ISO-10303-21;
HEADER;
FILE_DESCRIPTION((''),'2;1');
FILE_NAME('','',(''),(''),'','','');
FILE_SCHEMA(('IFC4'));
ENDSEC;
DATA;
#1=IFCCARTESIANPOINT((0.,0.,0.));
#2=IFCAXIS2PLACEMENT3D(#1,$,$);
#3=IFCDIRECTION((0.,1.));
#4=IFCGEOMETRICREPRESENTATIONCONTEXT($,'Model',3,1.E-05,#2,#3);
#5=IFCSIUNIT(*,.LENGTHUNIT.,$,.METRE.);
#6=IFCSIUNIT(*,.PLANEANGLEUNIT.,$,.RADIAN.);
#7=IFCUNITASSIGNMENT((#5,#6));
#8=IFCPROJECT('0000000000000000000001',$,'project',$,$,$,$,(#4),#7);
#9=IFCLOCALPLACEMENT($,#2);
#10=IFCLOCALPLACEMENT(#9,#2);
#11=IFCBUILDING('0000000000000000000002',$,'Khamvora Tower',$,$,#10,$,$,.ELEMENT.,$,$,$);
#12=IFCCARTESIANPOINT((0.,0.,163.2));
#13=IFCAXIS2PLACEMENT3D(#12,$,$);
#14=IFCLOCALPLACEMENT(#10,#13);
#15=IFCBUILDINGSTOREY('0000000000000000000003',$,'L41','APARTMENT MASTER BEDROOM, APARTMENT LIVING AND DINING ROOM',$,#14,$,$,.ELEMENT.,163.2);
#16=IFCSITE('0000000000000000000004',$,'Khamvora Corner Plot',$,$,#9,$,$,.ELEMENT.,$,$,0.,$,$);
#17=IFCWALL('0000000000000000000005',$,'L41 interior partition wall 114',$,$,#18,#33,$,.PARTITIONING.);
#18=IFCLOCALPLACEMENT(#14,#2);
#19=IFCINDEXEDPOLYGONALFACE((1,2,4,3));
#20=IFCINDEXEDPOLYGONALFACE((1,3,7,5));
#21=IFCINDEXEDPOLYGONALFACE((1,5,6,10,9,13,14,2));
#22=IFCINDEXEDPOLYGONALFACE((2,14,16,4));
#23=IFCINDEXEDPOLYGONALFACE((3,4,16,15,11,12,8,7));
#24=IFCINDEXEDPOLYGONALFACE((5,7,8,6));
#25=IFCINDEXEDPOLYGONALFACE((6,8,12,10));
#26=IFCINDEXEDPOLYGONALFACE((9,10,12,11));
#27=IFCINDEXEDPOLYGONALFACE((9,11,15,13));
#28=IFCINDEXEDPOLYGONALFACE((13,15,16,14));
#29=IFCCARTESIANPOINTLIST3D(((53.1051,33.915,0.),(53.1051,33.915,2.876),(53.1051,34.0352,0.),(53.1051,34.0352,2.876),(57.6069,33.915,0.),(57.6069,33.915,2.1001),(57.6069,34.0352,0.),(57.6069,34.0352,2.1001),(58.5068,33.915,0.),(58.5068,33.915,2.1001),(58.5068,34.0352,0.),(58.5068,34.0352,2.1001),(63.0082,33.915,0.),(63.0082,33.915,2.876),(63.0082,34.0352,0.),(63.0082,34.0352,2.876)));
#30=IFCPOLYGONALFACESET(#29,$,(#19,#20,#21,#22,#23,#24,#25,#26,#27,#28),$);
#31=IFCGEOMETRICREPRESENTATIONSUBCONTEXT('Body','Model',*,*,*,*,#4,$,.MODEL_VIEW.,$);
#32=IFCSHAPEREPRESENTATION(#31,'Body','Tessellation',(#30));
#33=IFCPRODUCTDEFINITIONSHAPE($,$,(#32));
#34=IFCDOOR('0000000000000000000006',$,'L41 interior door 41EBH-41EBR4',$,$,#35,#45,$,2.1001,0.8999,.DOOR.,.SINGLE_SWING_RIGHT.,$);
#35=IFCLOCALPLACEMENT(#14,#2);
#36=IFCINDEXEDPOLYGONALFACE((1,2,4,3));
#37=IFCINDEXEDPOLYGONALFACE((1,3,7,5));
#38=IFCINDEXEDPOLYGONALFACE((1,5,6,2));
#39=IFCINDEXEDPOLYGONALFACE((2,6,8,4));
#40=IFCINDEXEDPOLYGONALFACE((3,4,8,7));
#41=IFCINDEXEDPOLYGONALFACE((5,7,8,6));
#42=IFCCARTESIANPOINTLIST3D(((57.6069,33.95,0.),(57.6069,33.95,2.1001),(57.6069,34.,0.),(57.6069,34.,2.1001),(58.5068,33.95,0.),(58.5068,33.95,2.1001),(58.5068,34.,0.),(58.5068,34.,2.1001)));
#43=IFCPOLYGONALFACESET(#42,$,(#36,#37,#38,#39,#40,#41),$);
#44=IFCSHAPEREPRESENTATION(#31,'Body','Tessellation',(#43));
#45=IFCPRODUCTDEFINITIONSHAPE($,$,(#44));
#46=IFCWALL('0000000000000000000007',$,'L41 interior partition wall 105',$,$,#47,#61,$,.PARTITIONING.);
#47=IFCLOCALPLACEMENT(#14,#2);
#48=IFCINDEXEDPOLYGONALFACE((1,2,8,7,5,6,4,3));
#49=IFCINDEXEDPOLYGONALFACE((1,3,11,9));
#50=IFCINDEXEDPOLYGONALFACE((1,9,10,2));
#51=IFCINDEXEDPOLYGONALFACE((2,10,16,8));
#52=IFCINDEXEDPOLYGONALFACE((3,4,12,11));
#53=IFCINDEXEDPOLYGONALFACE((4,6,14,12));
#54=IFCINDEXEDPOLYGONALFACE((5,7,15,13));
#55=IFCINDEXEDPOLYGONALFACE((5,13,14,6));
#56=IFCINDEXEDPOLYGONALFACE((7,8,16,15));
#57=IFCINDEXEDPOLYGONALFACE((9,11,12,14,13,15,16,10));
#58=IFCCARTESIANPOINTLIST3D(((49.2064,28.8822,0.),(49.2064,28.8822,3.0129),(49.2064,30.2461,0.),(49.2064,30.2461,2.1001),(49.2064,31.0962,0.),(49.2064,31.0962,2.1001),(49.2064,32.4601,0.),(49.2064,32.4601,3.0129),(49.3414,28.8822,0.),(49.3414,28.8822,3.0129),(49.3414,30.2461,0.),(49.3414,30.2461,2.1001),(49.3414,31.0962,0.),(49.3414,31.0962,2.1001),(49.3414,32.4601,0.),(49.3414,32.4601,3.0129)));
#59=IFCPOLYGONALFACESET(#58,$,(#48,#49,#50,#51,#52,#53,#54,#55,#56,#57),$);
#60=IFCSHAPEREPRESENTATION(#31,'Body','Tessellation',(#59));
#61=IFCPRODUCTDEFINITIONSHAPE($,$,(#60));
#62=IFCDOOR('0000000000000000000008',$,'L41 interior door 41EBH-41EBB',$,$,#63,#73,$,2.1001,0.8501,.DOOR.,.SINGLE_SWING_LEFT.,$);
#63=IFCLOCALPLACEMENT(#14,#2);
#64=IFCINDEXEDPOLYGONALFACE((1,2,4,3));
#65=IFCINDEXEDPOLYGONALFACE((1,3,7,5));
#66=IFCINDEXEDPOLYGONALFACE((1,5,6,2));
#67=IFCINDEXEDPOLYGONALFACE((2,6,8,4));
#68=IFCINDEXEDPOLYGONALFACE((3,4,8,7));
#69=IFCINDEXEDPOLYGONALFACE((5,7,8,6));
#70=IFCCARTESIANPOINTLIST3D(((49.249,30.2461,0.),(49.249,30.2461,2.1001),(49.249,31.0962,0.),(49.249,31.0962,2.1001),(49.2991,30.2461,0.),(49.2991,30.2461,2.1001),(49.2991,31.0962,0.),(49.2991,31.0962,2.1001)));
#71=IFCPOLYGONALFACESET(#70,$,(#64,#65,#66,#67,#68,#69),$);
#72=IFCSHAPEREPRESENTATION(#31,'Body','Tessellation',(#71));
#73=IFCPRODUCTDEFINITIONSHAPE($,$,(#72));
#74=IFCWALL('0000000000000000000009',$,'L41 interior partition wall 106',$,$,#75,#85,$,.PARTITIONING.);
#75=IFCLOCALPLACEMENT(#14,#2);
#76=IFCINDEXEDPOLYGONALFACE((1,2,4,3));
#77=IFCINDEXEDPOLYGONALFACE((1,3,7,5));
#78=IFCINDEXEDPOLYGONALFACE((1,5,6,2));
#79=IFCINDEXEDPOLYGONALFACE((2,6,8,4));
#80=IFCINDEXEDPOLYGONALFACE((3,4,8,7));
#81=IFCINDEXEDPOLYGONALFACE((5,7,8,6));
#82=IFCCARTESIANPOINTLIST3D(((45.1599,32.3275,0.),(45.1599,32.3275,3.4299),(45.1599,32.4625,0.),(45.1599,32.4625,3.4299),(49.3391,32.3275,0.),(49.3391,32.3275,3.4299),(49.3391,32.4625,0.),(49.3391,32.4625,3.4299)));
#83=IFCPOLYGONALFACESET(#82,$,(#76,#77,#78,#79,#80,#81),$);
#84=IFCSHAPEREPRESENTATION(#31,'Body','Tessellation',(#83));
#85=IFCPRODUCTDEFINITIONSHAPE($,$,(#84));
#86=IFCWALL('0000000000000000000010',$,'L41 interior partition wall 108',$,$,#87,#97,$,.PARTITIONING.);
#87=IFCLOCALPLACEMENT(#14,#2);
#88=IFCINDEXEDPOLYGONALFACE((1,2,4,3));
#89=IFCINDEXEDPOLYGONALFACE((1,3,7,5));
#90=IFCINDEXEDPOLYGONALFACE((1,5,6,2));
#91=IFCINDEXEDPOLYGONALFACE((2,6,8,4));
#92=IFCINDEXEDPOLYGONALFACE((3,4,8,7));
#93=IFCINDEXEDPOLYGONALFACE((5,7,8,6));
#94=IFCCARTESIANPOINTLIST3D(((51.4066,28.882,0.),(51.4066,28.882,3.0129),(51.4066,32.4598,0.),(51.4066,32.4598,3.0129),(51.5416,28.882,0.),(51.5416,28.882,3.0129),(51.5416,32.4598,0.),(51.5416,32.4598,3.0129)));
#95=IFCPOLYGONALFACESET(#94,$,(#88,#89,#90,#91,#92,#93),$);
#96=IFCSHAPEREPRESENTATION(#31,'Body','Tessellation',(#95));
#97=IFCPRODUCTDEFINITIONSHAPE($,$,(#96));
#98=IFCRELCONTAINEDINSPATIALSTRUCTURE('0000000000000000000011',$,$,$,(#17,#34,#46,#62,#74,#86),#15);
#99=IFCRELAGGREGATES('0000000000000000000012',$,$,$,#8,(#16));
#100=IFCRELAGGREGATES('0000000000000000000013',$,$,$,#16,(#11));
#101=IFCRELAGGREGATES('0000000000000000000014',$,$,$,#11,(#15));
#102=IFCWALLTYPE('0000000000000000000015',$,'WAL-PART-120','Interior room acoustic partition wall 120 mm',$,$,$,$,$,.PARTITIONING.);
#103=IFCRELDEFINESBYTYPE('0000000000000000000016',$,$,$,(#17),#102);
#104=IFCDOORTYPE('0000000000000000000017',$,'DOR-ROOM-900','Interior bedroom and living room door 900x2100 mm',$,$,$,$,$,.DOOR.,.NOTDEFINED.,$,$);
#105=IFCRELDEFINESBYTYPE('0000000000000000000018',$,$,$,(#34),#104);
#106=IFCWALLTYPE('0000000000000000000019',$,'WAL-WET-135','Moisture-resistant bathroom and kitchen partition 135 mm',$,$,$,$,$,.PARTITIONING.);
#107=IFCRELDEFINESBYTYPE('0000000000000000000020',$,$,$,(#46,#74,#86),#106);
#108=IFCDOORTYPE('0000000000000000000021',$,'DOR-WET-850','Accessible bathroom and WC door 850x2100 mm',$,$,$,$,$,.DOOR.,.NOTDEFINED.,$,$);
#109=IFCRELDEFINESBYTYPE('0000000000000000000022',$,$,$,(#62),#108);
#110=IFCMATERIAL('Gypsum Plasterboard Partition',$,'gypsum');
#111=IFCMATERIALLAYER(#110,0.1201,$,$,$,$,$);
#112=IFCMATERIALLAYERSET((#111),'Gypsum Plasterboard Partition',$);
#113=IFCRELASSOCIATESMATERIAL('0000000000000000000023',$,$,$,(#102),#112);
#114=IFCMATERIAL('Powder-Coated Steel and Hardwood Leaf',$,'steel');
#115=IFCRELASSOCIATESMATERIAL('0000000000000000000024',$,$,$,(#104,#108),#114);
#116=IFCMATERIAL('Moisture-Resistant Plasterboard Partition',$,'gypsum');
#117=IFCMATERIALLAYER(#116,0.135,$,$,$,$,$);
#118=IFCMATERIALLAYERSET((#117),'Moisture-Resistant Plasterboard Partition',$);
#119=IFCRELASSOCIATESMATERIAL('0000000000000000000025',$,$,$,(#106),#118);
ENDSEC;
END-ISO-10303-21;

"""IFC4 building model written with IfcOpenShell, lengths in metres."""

from ifc_helpers import new_model, si_unit, direction, frame, frame_2d, origin, place, context, subcontext, project, spatial, rectangle, extrude, material, layer, layer_set, type_object, element, fill, save


model = new_model("IFC4")

# Units and contexts
model_context = context("Model", 3, precision=1e-05, world=origin(), true_north=direction((0.0, 1.0)))
body_context = subcontext(model_context, "Body", "Model", "MODEL_VIEW")
ifc_project = project(units=[si_unit("LENGTHUNIT", "METRE"), si_unit("PLANEANGLEUNIT", "RADIAN")], contexts=[model_context])

# Site, building, storey
site_placement = place(None, origin())
site = spatial("IfcSite", under=ifc_project, at=site_placement, Name="Khamvora Corner Plot", CompositionType="ELEMENT", RefElevation=0.0)
building_placement = place(site_placement, origin())
building = spatial("IfcBuilding", under=site, at=building_placement, Name="Khamvora Tower", CompositionType="ELEMENT")
storey_placement = place(building_placement, frame((0.0, 0.0, 163.2)))
storey = spatial("IfcBuildingStorey", under=building, at=storey_placement, Name="L41", Description="APARTMENT MASTER BEDROOM, APARTMENT LIVING AND DINING ROOM", CompositionType="ELEMENT", Elevation=163.2)

# Shared definitions
ifc_material_1 = material(Name="Powder-Coated Steel and Hardwood Leaf", Category="steel")

# Shared definitions
ifc_material_2 = material(Name="Gypsum Plasterboard Partition", Category="gypsum")
ifc_layer_1 = layer(ifc_material_2, 0.1201)
ifc_layer_set_1 = layer_set([ifc_layer_1], Name="Gypsum Plasterboard Partition")
wall_type_1 = type_object("IfcWallType", Name="WAL-PART-120", Description="Interior room acoustic partition wall 120 mm", PredefinedType="PARTITIONING", material=ifc_layer_set_1)

# Shared definitions
door_type_1 = type_object("IfcDoorType", Name="DOR-ROOM-900", Description="Interior bedroom and living room door 900x2100 mm", OperationType="NOTDEFINED", PredefinedType="DOOR", material=ifc_material_1)

# Walls, openings, doors
wall_1_placement = place(storey_placement, frame((53.105, 33.9751, 0.0), z_axis=(0.0, 0.0, 1.0), x_axis=(1.0, 0.0, 0.0)))
wall_1 = element("IfcWall", 1, at=wall_1_placement, inside=storey, type_object=wall_type_1, Name="L41 interior partition wall 114", PredefinedType="PARTITIONING", context=body_context, shape_type="SweptSolid", body=[
    extrude(rectangle(XDim=9.9031, YDim=0.1201, at=frame_2d((4.9517, 0.0))), origin(), (0.0, 0.0, 1.0), 2.876),
])
opening_1_placement = place(wall_1_placement, frame((4.502, 0.0, 0.0)))
opening_1 = element("IfcOpeningElement", 2, at=opening_1_placement, cuts=wall_1, PredefinedType="OPENING", context=body_context, shape_type="SweptSolid", body=[
    extrude(rectangle(XDim=0.8999, YDim=2.1001, at=frame_2d((0.45, 1.05))), frame((0.0, 0.0701, 0.0), z_axis=(0.0, -1.0, 0.0), x_axis=(1.0, 0.0, 0.0)), (0.0, 0.0, 1.0), 0.1401),
])
door_1_placement = place(opening_1_placement, origin())
door_1 = element("IfcDoor", 3, at=door_1_placement, inside=storey, type_object=door_type_1, Name="L41 interior door 41EBH-41EBR4", OperationType="SINGLE_SWING_RIGHT", OverallHeight=2.1001, OverallWidth=0.8999, PredefinedType="DOOR", context=body_context, shape_type="SweptSolid", body=[
    extrude(rectangle(XDim=0.8999, YDim=2.1001, at=frame_2d((0.45, 1.05))), frame((0.0, 0.0249, 0.0), z_axis=(0.0, -1.0, 0.0), x_axis=(1.0, 0.0, 0.0)), (0.0, 0.0, 1.0), 0.05),
])
fill(opening_1, door_1)
ifc_material_3 = material(Name="Moisture-Resistant Plasterboard Partition", Category="gypsum")
ifc_layer_2 = layer(ifc_material_3, 0.135)
ifc_layer_set_2 = layer_set([ifc_layer_2], Name="Moisture-Resistant Plasterboard Partition")
wall_type_2 = type_object("IfcWallType", Name="WAL-WET-135", Description="Moisture-resistant bathroom and kitchen partition 135 mm", PredefinedType="PARTITIONING", material=ifc_layer_set_2)
wall_2_placement = place(storey_placement, frame((49.2739, 28.8821, 0.0), z_axis=(0.0, 0.0, 1.0), x_axis=(0.0, 1.0, 0.0)))
wall_2 = element("IfcWall", 4, at=wall_2_placement, inside=storey, type_object=wall_type_2, Name="L41 interior partition wall 105", PredefinedType="PARTITIONING", context=body_context, shape_type="SweptSolid", body=[
    extrude(rectangle(XDim=3.5779, YDim=0.135, at=frame_2d((1.7891, 0.0))), origin(), (0.0, 0.0, 1.0), 3.0129),
])
opening_2_placement = place(wall_2_placement, frame((1.364, 0.0, 0.0)))
opening_2 = element("IfcOpeningElement", 5, at=opening_2_placement, cuts=wall_2, PredefinedType="OPENING", context=body_context, shape_type="SweptSolid", body=[
    extrude(rectangle(XDim=0.8501, YDim=2.1001, at=frame_2d((0.425, 1.05))), frame((0.0, 0.0774, 0.0), z_axis=(0.0, -1.0, 0.0), x_axis=(1.0, 0.0, 0.0)), (0.0, 0.0, 1.0), 0.155),
])
door_type_2 = type_object("IfcDoorType", Name="DOR-WET-850", Description="Accessible bathroom and WC door 850x2100 mm", OperationType="NOTDEFINED", PredefinedType="DOOR", material=ifc_material_1)
door_2_placement = place(opening_2_placement, origin())
door_2 = element("IfcDoor", 6, at=door_2_placement, inside=storey, type_object=door_type_2, Name="L41 interior door 41EBH-41EBB", OperationType="SINGLE_SWING_LEFT", OverallHeight=2.1001, OverallWidth=0.8501, PredefinedType="DOOR", context=body_context, shape_type="SweptSolid", body=[
    extrude(rectangle(XDim=0.8501, YDim=2.1001, at=frame_2d((0.425, 1.05))), frame((0.0, 0.0249, 0.0), z_axis=(0.0, -1.0, 0.0), x_axis=(1.0, 0.0, 0.0)), (0.0, 0.0, 1.0), 0.05),
])
fill(opening_2, door_2)

# Walls
wall_3_placement = place(storey_placement, frame((49.3391, 32.395, 0.0), z_axis=(0.0, 0.0, 1.0), x_axis=(-1.0, 0.0, 0.0)))
element("IfcWall", 7, at=wall_3_placement, inside=storey, type_object=wall_type_2, Name="L41 interior partition wall 106", PredefinedType="PARTITIONING", context=body_context, shape_type="SweptSolid", body=[
    extrude(rectangle(XDim=4.1792, YDim=0.135, at=frame_2d((2.0896, 0.0))), origin(), (0.0, 0.0, 1.0), 3.4299),
])
wall_4_placement = place(storey_placement, frame((51.4741, 32.46, 0.0), z_axis=(0.0, 0.0, 1.0), x_axis=(0.0, -1.0, 0.0)))
element("IfcWall", 8, at=wall_4_placement, inside=storey, type_object=wall_type_2, Name="L41 interior partition wall 108", PredefinedType="PARTITIONING", context=body_context, shape_type="SweptSolid", body=[
    extrude(rectangle(XDim=3.5779, YDim=0.135, at=frame_2d((1.7891, 0.0))), origin(), (0.0, 0.0, 1.0), 3.0129),
])

save(model, "model.ifc")
